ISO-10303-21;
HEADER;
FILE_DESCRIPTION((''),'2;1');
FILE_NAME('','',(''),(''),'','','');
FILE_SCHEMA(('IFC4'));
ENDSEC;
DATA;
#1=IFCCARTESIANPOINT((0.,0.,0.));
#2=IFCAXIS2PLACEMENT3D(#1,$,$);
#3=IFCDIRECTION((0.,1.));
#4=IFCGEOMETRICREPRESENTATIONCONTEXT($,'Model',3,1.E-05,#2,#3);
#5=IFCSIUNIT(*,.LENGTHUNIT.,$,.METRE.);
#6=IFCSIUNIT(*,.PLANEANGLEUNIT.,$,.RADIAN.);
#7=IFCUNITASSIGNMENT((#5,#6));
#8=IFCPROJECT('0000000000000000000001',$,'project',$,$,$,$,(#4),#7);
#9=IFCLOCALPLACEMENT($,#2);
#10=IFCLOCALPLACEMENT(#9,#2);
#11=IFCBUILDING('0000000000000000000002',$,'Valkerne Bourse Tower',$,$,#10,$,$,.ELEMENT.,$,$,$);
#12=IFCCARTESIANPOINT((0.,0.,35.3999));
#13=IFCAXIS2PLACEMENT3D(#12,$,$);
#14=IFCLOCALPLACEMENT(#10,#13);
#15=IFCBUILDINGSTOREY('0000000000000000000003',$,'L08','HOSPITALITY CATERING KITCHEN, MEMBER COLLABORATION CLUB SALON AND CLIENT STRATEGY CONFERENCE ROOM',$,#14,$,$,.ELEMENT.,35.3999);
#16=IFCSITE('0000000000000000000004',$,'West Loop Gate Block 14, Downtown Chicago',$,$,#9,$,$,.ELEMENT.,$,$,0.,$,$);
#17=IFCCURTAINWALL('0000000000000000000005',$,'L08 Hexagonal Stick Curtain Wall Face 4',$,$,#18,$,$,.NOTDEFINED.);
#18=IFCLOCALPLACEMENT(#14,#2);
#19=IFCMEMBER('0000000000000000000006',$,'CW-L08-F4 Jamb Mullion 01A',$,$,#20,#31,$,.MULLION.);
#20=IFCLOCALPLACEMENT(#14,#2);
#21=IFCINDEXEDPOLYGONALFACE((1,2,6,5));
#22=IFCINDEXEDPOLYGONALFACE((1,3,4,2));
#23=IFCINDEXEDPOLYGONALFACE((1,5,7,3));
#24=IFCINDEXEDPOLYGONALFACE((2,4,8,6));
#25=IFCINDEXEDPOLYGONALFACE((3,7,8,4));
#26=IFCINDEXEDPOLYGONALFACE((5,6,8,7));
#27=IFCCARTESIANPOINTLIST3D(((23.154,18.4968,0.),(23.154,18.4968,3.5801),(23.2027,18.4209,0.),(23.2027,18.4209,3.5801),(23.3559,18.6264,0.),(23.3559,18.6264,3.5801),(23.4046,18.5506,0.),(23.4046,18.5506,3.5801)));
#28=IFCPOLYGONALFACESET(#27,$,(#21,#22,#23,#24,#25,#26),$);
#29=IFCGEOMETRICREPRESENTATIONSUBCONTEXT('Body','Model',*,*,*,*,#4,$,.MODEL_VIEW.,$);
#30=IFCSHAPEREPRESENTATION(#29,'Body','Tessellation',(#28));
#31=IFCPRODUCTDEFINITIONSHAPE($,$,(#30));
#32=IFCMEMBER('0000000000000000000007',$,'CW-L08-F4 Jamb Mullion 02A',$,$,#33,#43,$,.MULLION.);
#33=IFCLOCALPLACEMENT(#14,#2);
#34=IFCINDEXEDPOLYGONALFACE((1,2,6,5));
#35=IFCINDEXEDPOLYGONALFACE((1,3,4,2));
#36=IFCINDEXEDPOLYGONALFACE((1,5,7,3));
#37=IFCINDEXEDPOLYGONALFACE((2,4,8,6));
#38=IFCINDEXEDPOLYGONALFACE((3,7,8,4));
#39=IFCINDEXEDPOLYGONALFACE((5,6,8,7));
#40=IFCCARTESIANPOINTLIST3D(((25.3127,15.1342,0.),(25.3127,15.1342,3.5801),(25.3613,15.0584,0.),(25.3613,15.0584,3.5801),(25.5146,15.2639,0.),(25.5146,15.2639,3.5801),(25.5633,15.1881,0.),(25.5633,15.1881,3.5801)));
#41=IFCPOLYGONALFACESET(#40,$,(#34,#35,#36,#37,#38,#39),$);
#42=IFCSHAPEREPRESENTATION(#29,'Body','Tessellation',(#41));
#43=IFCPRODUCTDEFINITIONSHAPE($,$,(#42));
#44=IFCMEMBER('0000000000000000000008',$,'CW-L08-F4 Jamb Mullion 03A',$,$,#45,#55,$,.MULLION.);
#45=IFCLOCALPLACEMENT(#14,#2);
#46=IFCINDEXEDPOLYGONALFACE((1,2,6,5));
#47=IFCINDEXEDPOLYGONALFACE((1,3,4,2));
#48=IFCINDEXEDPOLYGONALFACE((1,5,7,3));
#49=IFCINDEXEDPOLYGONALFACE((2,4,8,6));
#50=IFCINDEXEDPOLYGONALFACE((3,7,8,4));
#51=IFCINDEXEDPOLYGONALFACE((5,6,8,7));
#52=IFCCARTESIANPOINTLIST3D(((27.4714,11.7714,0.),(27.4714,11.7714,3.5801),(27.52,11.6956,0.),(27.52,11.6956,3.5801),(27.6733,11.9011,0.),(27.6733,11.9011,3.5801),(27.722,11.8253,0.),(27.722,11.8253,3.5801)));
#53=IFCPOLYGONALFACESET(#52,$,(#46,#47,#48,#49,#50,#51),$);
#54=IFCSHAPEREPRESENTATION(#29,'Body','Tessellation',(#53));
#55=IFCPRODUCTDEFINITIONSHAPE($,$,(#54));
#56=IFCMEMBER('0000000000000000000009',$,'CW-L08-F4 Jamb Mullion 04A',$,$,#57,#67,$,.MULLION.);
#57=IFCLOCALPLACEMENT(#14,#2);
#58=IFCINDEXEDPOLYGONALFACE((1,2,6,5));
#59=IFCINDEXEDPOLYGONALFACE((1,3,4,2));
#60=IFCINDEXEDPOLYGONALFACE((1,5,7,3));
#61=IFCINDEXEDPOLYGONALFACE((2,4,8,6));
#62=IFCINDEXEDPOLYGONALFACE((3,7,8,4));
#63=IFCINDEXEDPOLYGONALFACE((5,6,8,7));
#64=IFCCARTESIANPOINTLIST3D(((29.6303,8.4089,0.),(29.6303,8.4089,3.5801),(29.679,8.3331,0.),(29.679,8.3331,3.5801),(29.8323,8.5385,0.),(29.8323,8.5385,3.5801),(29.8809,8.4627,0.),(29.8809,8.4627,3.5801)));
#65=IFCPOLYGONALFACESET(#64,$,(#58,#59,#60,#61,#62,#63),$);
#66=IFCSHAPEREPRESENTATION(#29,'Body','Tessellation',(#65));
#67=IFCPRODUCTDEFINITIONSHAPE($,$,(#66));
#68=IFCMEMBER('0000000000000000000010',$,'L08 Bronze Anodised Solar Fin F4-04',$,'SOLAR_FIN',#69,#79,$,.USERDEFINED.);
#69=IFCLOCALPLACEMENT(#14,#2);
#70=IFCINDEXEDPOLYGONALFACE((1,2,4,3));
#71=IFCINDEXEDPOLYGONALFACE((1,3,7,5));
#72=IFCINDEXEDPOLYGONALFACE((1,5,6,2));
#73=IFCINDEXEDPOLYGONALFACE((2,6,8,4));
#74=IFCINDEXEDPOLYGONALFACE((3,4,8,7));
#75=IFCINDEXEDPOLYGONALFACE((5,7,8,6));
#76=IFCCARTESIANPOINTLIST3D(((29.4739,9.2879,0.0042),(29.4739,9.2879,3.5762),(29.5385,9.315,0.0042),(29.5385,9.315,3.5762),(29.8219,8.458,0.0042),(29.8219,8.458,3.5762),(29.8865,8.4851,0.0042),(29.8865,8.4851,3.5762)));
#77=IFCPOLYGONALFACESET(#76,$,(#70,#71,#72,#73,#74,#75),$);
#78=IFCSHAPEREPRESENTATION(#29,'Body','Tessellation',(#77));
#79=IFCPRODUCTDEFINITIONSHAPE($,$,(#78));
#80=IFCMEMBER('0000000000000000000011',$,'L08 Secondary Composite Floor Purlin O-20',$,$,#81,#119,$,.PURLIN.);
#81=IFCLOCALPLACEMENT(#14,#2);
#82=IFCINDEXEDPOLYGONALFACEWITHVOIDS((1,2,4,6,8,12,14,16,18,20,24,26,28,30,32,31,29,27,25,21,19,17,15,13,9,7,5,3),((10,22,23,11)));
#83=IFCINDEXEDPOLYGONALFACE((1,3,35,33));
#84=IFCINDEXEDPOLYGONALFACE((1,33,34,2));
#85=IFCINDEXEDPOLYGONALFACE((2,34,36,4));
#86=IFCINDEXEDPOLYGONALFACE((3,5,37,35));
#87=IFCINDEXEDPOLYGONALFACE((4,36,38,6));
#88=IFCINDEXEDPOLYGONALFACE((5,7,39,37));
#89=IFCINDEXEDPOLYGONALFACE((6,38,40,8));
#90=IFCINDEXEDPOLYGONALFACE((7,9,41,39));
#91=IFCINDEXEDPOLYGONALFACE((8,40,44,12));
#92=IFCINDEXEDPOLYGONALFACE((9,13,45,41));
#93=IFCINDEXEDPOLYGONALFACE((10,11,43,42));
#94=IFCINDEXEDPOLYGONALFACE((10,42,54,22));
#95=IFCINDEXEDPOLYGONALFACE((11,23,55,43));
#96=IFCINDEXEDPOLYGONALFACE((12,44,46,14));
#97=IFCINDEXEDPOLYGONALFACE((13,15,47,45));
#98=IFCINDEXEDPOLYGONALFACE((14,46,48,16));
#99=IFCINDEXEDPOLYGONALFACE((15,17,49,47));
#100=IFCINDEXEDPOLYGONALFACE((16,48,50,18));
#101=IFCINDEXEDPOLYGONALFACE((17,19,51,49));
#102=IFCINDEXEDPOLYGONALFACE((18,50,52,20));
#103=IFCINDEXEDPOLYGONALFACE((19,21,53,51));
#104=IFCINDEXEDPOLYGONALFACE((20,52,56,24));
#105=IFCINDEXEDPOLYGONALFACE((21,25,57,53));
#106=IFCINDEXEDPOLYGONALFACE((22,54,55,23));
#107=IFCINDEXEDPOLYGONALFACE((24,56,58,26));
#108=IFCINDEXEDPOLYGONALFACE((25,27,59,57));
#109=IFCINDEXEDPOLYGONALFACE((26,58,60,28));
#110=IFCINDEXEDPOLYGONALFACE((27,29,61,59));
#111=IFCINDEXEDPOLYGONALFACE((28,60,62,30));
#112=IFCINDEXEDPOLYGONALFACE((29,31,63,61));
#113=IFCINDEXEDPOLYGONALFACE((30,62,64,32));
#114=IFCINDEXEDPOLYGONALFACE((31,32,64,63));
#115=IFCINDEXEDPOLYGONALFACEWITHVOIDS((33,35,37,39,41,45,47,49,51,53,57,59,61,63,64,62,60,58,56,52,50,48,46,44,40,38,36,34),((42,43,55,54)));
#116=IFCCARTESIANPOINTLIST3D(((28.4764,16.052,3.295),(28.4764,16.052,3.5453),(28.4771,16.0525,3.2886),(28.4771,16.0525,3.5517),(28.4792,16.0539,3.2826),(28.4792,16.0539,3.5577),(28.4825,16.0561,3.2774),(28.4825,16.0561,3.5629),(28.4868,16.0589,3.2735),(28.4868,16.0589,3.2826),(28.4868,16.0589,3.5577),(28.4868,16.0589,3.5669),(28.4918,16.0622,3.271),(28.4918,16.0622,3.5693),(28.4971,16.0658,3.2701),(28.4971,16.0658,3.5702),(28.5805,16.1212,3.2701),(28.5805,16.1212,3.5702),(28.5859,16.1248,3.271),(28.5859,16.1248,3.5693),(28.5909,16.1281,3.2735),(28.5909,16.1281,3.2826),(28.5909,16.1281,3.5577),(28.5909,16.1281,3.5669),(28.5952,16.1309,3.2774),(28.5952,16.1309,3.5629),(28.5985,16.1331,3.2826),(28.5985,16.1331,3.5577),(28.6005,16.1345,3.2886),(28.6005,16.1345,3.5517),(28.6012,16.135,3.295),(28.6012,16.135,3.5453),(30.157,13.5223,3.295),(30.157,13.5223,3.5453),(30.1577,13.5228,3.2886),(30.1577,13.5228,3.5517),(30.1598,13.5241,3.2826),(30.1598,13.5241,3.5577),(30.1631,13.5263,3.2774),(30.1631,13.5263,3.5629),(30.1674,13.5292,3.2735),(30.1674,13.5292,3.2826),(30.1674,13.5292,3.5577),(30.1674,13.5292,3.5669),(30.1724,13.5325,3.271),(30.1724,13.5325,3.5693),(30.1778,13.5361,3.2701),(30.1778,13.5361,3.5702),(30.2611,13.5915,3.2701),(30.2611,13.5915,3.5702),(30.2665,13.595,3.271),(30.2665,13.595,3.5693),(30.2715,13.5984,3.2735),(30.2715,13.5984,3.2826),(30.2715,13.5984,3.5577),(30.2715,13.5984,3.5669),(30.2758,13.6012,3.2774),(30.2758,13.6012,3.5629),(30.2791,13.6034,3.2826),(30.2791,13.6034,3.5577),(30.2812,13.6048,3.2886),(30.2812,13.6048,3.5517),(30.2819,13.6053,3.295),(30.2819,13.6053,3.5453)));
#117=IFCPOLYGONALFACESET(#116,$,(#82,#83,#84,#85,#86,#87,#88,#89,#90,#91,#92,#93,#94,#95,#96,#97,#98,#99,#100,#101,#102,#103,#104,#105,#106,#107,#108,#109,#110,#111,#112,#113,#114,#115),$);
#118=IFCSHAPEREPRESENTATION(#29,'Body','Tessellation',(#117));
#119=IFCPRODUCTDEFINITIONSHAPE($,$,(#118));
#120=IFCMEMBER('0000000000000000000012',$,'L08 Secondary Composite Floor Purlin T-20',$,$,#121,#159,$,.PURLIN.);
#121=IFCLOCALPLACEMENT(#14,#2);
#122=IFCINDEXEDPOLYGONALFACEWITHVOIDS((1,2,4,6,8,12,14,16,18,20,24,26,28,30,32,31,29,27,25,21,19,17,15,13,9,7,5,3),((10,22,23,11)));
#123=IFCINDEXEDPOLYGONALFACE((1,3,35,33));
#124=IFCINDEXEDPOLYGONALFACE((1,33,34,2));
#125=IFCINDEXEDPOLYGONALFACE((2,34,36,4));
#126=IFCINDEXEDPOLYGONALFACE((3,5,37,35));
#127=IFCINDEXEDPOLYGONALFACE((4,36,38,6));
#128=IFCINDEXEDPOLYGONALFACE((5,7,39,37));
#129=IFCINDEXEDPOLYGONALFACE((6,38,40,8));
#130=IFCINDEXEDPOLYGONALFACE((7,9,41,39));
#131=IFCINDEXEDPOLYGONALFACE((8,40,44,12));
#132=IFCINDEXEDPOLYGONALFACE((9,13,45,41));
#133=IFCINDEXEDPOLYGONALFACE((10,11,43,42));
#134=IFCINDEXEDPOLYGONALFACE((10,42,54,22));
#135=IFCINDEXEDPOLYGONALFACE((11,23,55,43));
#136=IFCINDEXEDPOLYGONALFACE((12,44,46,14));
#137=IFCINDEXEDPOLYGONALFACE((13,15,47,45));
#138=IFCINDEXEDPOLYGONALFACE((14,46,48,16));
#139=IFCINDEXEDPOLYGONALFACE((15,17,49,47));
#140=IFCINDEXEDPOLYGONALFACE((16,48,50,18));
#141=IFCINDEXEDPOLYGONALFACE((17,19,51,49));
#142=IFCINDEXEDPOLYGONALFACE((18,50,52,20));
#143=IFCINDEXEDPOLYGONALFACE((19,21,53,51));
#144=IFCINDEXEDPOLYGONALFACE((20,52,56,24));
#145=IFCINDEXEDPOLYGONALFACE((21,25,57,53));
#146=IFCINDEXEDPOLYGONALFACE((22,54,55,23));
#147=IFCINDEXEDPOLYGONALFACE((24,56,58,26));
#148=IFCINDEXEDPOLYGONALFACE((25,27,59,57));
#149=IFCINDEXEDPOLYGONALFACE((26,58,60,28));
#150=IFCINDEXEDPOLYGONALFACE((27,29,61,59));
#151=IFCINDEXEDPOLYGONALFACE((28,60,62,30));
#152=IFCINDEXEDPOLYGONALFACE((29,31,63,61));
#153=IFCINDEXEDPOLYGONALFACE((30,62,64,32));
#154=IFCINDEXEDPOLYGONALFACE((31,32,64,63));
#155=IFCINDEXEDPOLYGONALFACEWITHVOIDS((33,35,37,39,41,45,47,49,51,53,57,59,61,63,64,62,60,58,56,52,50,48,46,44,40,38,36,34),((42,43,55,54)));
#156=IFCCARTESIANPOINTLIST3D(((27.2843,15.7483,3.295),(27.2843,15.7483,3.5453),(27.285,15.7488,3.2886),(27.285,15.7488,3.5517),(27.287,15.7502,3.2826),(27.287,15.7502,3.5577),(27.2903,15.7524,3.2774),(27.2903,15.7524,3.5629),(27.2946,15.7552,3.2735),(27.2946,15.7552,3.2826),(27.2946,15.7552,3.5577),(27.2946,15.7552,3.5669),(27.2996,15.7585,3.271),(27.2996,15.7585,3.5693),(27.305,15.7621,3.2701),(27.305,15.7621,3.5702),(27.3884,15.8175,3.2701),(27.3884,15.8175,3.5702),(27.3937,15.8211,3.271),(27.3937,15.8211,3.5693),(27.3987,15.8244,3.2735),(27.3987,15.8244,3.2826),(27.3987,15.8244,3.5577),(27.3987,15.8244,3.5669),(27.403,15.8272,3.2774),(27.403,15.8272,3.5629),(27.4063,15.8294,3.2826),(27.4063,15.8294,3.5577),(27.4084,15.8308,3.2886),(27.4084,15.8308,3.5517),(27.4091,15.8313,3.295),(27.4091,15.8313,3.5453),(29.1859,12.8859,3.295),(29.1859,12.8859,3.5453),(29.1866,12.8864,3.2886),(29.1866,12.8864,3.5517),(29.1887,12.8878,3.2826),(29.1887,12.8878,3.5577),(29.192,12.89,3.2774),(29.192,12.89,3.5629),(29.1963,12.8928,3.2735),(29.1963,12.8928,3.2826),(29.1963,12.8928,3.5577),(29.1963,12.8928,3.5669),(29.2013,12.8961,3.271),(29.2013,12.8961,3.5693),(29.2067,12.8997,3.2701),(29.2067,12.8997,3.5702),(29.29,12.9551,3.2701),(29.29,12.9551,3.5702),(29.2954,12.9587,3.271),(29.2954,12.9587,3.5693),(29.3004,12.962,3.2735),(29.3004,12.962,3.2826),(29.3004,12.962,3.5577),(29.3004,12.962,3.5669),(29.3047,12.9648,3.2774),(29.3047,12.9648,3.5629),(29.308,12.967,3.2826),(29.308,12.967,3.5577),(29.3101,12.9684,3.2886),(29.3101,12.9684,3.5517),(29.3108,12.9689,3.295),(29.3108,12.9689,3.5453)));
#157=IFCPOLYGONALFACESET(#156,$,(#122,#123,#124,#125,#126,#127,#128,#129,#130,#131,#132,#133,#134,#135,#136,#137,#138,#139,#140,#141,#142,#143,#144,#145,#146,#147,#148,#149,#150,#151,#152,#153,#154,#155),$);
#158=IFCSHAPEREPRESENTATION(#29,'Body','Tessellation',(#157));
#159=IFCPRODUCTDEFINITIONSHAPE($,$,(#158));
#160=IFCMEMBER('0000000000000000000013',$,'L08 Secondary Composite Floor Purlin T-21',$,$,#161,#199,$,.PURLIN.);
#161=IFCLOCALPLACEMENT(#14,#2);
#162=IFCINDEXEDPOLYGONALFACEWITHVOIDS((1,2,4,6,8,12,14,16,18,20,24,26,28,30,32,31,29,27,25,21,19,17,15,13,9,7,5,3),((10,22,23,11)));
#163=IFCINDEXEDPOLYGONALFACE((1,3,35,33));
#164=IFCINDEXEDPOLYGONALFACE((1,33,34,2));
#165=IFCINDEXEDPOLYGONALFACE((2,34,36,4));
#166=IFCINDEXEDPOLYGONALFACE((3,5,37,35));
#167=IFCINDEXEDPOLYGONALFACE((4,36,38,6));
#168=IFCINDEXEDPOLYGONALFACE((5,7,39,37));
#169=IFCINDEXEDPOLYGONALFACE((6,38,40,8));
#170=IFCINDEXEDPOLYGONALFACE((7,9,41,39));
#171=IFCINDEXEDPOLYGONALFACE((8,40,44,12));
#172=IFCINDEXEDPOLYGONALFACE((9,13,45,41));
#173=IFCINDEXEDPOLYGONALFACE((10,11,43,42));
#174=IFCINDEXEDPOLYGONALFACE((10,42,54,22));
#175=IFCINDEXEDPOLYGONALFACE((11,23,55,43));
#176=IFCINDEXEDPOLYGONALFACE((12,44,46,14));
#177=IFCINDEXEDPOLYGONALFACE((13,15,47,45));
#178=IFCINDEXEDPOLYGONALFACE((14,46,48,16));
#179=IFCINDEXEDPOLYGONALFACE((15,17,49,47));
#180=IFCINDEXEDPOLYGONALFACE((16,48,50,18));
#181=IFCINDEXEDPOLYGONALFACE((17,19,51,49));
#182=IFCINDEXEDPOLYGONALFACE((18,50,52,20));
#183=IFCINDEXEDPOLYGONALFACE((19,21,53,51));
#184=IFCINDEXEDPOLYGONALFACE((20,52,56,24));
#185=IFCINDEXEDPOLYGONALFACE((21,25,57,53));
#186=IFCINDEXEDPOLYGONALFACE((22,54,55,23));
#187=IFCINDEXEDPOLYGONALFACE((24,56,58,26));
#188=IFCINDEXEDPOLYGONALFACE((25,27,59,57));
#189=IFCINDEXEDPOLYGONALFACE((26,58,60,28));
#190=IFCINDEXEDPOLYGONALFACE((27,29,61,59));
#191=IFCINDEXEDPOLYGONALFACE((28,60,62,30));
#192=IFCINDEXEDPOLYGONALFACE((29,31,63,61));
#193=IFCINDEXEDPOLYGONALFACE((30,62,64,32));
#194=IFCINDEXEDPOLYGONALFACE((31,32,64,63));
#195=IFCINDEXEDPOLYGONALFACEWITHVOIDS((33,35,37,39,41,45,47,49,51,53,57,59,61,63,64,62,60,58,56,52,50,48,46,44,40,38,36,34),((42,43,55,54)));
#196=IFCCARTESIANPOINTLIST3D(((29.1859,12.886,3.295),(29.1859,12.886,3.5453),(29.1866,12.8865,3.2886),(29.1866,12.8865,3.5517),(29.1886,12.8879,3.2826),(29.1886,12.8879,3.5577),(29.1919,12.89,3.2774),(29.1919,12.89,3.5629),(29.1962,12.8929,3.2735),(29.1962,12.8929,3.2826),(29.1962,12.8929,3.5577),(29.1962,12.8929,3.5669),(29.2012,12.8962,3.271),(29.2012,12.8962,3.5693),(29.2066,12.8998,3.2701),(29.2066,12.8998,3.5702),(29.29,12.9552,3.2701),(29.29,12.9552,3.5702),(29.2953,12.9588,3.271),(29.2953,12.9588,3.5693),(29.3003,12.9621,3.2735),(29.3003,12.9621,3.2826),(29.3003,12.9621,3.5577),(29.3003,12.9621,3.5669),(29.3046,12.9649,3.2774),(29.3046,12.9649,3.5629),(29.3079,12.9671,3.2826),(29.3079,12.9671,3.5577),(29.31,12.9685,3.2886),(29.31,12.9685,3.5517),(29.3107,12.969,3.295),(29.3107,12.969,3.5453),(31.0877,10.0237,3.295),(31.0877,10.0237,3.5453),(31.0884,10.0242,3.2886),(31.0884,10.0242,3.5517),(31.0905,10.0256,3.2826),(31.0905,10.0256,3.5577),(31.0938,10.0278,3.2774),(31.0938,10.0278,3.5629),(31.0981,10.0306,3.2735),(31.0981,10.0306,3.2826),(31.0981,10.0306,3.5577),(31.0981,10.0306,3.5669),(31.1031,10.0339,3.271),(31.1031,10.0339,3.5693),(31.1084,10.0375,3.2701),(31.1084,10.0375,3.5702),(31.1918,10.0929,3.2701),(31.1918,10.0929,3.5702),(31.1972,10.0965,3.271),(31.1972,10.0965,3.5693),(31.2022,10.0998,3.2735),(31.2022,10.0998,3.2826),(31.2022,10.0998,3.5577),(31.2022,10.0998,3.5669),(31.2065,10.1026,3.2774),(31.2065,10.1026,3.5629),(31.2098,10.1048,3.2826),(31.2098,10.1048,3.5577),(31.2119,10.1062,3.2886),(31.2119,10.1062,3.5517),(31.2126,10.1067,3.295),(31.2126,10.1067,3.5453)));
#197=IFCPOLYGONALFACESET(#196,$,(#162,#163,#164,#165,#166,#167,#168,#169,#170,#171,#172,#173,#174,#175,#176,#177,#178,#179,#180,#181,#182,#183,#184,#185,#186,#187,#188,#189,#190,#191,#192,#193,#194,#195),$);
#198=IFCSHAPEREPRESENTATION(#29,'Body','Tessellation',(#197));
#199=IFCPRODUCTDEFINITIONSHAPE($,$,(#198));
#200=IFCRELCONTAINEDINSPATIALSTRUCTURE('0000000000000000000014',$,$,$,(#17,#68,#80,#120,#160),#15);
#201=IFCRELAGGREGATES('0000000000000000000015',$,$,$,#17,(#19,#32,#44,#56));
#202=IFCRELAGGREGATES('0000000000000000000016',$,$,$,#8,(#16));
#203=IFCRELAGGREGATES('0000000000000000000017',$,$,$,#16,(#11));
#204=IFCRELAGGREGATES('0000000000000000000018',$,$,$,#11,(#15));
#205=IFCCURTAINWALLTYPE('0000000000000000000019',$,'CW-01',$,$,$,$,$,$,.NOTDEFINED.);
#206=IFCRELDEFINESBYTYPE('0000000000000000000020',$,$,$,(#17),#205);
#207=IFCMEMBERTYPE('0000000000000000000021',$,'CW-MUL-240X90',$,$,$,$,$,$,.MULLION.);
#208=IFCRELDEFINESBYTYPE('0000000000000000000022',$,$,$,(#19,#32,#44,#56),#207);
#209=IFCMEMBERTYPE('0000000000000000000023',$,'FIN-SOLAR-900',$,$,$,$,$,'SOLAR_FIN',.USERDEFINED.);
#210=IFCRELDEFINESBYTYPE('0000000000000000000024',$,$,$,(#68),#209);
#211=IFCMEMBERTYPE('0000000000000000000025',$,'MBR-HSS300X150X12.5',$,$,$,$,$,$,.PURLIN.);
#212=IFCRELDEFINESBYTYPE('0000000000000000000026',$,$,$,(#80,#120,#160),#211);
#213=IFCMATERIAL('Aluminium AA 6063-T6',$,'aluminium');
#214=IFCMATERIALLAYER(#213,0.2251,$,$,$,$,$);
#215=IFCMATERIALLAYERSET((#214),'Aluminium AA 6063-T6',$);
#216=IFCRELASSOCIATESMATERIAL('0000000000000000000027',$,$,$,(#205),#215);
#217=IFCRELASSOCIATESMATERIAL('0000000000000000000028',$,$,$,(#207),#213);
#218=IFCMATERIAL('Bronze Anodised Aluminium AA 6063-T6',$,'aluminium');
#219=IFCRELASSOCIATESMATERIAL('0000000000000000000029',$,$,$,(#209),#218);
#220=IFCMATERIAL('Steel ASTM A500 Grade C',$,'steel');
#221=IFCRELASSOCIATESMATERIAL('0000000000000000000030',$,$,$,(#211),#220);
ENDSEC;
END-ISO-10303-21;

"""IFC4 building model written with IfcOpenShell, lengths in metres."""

from ifc_helpers import new_model, si_unit, direction, frame, origin, origin_2d, place, context, subcontext, project, spatial, rectangle, hollow_rectangle, extrude, material, layer, layer_set, material_profile, profile_set, type_object, element, aggregate, save


model = new_model("IFC4")

# Units and contexts
model_context = context("Model", 3, precision=1e-05, world=origin(), true_north=direction((0.0, 1.0)))
body_context = subcontext(model_context, "Body", "Model", "MODEL_VIEW")
ifc_project = project(units=[si_unit("LENGTHUNIT", "METRE"), si_unit("PLANEANGLEUNIT", "RADIAN")], contexts=[model_context])

# Site, building, storey
site_placement = place(None, origin())
site = spatial("IfcSite", under=ifc_project, at=site_placement, Name="West Loop Gate Block 14, Downtown Chicago", CompositionType="ELEMENT", RefElevation=0.0)
building_placement = place(site_placement, origin())
building = spatial("IfcBuilding", under=site, at=building_placement, Name="Valkerne Bourse Tower", CompositionType="ELEMENT")
storey_placement = place(building_placement, frame((0.0, 0.0, 35.3999)))
storey = spatial("IfcBuildingStorey", under=building, at=storey_placement, Name="L08", Description="HOSPITALITY CATERING KITCHEN, MEMBER COLLABORATION CLUB SALON AND CLIENT STRATEGY CONFERENCE ROOM", CompositionType="ELEMENT", Elevation=35.3999)

# Curtain wall, members
ifc_material_1 = material(Name="Aluminium AA 6063-T6", Category="aluminium")
ifc_layer_1 = layer(ifc_material_1, 0.2251)
ifc_layer_set_1 = layer_set([ifc_layer_1], Name="Aluminium AA 6063-T6")
curtain_wall_type = type_object("IfcCurtainWallType", Name="CW-01", PredefinedType="NOTDEFINED", material=ifc_layer_set_1)
curtain_wall_placement = place(storey_placement, origin())
curtain_wall = element("IfcCurtainWall", 1, at=curtain_wall_placement, inside=storey, type_object=curtain_wall_type, Name="L08 Hexagonal Stick Curtain Wall Face 4", PredefinedType="NOTDEFINED")
ifc_material_profile_1 = material_profile(ifc_material_1, rectangle(XDim=0.0901, YDim=0.24, at=origin_2d()), Name="CWM-90X240")
ifc_profile_set_1 = profile_set([ifc_material_profile_1], Name="Aluminium AA 6063-T6")
member_type_1 = type_object("IfcMemberType", Name="CW-MUL-240X90", PredefinedType="MULLION", material=ifc_profile_set_1)
member_1_placement = place(storey_placement, frame((23.2793, 18.5237, 0.0), z_axis=(0.0, 0.0, 1.0), x_axis=(0.540249, -0.841505, 0.0)))
member_1 = element("IfcMember", 2, at=member_1_placement, type_object=member_type_1, Name="CW-L08-F4 Jamb Mullion 01A", PredefinedType="MULLION", context=body_context, shape_type="SweptSolid", body=[
    extrude(rectangle(XDim=0.0901, YDim=0.24, at=origin_2d()), origin(), (0.0, 0.0, 1.0), 3.5801),
])
member_2_placement = place(storey_placement, frame((25.438, 15.1611, 0.0), z_axis=(0.0, 0.0, 1.0), x_axis=(0.540238, -0.841512, 0.0)))
member_2 = element("IfcMember", 3, at=member_2_placement, type_object=member_type_1, Name="CW-L08-F4 Jamb Mullion 02A", PredefinedType="MULLION", context=body_context, shape_type="SweptSolid", body=[
    extrude(rectangle(XDim=0.0901, YDim=0.24, at=origin_2d()), origin(), (0.0, 0.0, 1.0), 3.5801),
])
member_3_placement = place(storey_placement, frame((27.5967, 11.7983, 0.0), z_axis=(0.0, 0.0, 1.0), x_axis=(0.540238, -0.841512, 0.0)))
member_3 = element("IfcMember", 4, at=member_3_placement, type_object=member_type_1, Name="CW-L08-F4 Jamb Mullion 03A", PredefinedType="MULLION", context=body_context, shape_type="SweptSolid", body=[
    extrude(rectangle(XDim=0.0901, YDim=0.24, at=origin_2d()), origin(), (0.0, 0.0, 1.0), 3.5801),
])
member_4_placement = place(storey_placement, frame((29.7556, 8.4358, 0.0), z_axis=(0.0, 0.0, 1.0), x_axis=(0.540238, -0.841512, 0.0)))
member_4 = element("IfcMember", 5, at=member_4_placement, type_object=member_type_1, Name="CW-L08-F4 Jamb Mullion 04A", PredefinedType="MULLION", context=body_context, shape_type="SweptSolid", body=[
    extrude(rectangle(XDim=0.0901, YDim=0.24, at=origin_2d()), origin(), (0.0, 0.0, 1.0), 3.5801),
])

# Members
ifc_material_2 = material(Name="Bronze Anodised Aluminium AA 6063-T6", Category="aluminium")
ifc_material_profile_2 = material_profile(ifc_material_2, rectangle(XDim=0.0701, YDim=0.8999, at=origin_2d()), Name="FIN-70X900")
ifc_profile_set_2 = profile_set([ifc_material_profile_2], Name="Bronze Anodised Aluminium AA 6063-T6")
member_type_2 = type_object("IfcMemberType", Name="FIN-SOLAR-900", ElementType="SOLAR_FIN", PredefinedType="USERDEFINED", material=ifc_profile_set_2)
member_5_placement = place(storey_placement, frame((29.6802, 8.8865, 0.0042), z_axis=(0.0, 0.0, 1.0), x_axis=(-0.92221, -0.386688, 0.0)))
element("IfcMember", 6, at=member_5_placement, inside=storey, type_object=member_type_2, Name="L08 Bronze Anodised Solar Fin F4-04", ObjectType="SOLAR_FIN", PredefinedType="USERDEFINED", context=body_context, shape_type="SweptSolid", body=[
    extrude(rectangle(XDim=0.0701, YDim=0.8999, at=origin_2d()), origin(), (0.0, 0.0, 1.0), 3.572),
])
ifc_material_3 = material(Name="Steel ASTM A500 Grade C", Category="steel")
ifc_material_profile_3 = material_profile(ifc_material_3, hollow_rectangle(XDim=0.1499, YDim=0.3, WallThickness=0.0125, OuterFilletRadius=0.0249, at=origin_2d()), Name="HSS300X150X12.5")
ifc_profile_set_3 = profile_set([ifc_material_profile_3], Name="Steel ASTM A500 Grade C")
member_type_3 = type_object("IfcMemberType", Name="MBR-HSS300X150X12.5", PredefinedType="PURLIN", material=ifc_profile_set_3)
member_6_placement = place(storey_placement, frame((28.5388, 16.0935, 3.4202), z_axis=(0.553364, -0.83294, 0.0), x_axis=(0.83294, 0.553364, 0.0)))
element("IfcMember", 7, at=member_6_placement, inside=storey, type_object=member_type_3, Name="L08 Secondary Composite Floor Purlin O-20", PredefinedType="PURLIN", context=body_context, shape_type="SweptSolid", body=[
    extrude(hollow_rectangle(XDim=0.1499, YDim=0.3, WallThickness=0.0125, OuterFilletRadius=0.0249, at=origin_2d()), origin(), (0.0, 0.0, 1.0), 3.0371),
])
for number, where, z_axis, x_axis, name in (
    (8, (27.3467, 15.7898, 3.4202), (0.553371, -0.832935, 0.0), (0.832935, 0.553371, 0.0), "L08 Secondary Composite Floor Purlin T-20"),
    (9, (29.2483, 12.9275, 3.4202), (0.553421, -0.832902, 0.0), (0.832902, 0.553421, 0.0), "L08 Secondary Composite Floor Purlin T-21"),
):
    element("IfcMember", number, at=place(storey_placement, frame(where, z_axis=z_axis, x_axis=x_axis)), inside=storey, type_object=member_type_3, Name=name, PredefinedType="PURLIN", context=body_context, shape_type="SweptSolid", body=[
        extrude(hollow_rectangle(XDim=0.1499, YDim=0.3, WallThickness=0.0125, OuterFilletRadius=0.0249, at=origin_2d()), origin(), (0.0, 0.0, 1.0), 3.4365),
    ])

aggregate(curtain_wall, [member_1, member_2, member_3, member_4])

save(model, "model.ifc")
